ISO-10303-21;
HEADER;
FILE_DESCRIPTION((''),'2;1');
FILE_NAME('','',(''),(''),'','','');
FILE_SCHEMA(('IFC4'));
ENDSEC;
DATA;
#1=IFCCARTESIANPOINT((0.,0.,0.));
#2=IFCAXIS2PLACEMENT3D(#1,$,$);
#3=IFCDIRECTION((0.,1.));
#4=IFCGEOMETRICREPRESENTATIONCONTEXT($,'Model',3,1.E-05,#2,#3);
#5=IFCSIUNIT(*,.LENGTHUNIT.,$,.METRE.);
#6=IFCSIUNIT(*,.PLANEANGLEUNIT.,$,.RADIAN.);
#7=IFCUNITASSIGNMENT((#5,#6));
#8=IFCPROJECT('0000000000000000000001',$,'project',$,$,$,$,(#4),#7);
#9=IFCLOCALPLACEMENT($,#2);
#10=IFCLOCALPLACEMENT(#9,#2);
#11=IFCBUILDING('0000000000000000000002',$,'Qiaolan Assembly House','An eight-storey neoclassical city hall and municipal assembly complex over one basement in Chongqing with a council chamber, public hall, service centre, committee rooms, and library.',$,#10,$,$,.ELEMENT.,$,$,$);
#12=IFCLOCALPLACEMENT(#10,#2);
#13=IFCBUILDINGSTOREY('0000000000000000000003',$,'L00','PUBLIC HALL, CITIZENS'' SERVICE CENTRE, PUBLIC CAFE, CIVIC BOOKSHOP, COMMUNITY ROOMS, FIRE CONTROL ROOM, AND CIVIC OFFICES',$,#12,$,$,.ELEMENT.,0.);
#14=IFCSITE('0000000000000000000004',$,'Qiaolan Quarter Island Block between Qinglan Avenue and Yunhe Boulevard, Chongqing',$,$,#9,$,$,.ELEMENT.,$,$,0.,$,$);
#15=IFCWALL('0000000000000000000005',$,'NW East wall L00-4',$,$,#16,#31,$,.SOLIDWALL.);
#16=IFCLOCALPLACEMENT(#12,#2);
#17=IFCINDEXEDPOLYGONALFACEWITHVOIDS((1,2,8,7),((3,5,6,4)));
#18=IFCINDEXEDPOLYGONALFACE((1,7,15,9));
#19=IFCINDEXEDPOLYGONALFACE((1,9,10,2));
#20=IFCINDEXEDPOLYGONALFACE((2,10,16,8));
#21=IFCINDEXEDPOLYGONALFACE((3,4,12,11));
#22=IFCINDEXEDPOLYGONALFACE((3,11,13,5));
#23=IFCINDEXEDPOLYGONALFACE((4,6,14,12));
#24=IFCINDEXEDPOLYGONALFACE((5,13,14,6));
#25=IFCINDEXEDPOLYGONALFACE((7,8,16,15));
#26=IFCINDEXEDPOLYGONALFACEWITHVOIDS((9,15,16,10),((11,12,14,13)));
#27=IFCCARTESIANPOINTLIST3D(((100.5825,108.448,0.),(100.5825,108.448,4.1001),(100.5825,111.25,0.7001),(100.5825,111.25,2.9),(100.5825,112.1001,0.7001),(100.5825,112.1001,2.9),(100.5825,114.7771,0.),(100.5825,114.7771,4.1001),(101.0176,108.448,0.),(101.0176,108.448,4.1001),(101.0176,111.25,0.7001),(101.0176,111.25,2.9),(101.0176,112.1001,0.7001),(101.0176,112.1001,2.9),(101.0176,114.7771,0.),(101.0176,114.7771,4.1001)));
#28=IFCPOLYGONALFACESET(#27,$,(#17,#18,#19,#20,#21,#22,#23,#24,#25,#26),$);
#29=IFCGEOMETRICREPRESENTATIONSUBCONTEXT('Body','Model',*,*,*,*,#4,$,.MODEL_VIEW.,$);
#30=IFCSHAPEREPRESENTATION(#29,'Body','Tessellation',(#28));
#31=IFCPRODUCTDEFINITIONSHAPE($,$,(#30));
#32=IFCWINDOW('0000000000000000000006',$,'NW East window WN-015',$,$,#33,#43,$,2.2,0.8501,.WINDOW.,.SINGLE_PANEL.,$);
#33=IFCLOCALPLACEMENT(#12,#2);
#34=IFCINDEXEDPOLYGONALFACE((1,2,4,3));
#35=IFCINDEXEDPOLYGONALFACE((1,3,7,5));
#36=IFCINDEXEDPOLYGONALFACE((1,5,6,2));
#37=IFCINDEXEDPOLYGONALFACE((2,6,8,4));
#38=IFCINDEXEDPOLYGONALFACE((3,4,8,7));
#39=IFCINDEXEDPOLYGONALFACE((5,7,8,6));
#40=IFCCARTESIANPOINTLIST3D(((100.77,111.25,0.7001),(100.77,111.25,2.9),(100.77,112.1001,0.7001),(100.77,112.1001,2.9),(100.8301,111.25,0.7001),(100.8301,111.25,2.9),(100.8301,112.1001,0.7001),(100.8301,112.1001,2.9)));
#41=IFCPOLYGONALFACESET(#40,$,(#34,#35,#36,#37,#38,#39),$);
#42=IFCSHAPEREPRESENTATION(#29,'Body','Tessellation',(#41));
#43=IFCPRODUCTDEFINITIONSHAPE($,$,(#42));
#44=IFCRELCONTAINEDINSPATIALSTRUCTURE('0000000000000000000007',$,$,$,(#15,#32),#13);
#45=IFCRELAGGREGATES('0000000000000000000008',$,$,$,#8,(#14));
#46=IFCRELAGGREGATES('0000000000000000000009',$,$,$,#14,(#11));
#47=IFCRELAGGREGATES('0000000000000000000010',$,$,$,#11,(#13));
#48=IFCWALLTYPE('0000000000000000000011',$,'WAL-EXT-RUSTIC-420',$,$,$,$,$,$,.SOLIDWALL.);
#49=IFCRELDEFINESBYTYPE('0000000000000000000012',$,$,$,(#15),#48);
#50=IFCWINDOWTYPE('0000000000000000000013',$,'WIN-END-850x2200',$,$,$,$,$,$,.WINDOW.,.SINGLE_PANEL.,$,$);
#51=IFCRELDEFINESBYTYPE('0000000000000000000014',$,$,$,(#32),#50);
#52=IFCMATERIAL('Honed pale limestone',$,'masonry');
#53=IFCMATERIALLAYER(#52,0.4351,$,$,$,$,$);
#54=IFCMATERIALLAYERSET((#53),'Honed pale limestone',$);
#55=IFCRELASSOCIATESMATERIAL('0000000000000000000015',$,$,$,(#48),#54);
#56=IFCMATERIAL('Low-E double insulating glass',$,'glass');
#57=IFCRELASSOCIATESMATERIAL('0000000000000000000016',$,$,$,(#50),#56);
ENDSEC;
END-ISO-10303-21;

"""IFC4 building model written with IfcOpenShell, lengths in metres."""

from ifc_helpers import new_model, si_unit, direction, frame, frame_2d, origin, place, context, subcontext, project, spatial, rectangle, extrude, material, layer, layer_set, type_object, element, fill, save


model = new_model("IFC4")

# Units and contexts
model_context = context("Model", 3, precision=1e-05, world=origin(), true_north=direction((0.0, 1.0)))
body_context = subcontext(model_context, "Body", "Model", "MODEL_VIEW")
ifc_project = project(units=[si_unit("LENGTHUNIT", "METRE"), si_unit("PLANEANGLEUNIT", "RADIAN")], contexts=[model_context])

# Site, building, storey
site_placement = place(None, origin())
site = spatial("IfcSite", under=ifc_project, at=site_placement, Name="Qiaolan Quarter Island Block between Qinglan Avenue and Yunhe Boulevard, Chongqing", CompositionType="ELEMENT", RefElevation=0.0)
building_placement = place(site_placement, origin())
building = spatial("IfcBuilding", under=site, at=building_placement, Name="Qiaolan Assembly House", Description="An eight-storey neoclassical city hall and municipal assembly complex over one basement in Chongqing with a council chamber, public hall, service centre, committee rooms, and library.", CompositionType="ELEMENT")
storey_placement = place(building_placement, origin())
storey = spatial("IfcBuildingStorey", under=building, at=storey_placement, Name="L00", Description="PUBLIC HALL, CITIZENS' SERVICE CENTRE, PUBLIC CAFE, CIVIC BOOKSHOP, COMMUNITY ROOMS, FIRE CONTROL ROOM, AND CIVIC OFFICES", CompositionType="ELEMENT", Elevation=0.0)

# Shared definitions
ifc_material_1 = material(Name="Low-E double insulating glass", Category="glass")

# Wall, opening, window
ifc_material_2 = material(Name="Honed pale limestone", Category="masonry")
ifc_layer_1 = layer(ifc_material_2, 0.4351)
ifc_layer_set_1 = layer_set([ifc_layer_1], Name="Honed pale limestone")
wall_type = type_object("IfcWallType", Name="WAL-EXT-RUSTIC-420", PredefinedType="SOLIDWALL", material=ifc_layer_set_1)
window_type = type_object("IfcWindowType", Name="WIN-END-850x2200", PartitioningType="SINGLE_PANEL", PredefinedType="WINDOW", material=ifc_material_1)
wall_1_placement = place(storey_placement, frame((100.8, 114.7771, 0.0), z_axis=(0.0, 0.0, 1.0), x_axis=(0.0, -1.0, 0.0)))
wall_1 = element("IfcWall", 1, at=wall_1_placement, inside=storey, type_object=wall_type, Name="NW East wall L00-4", PredefinedType="SOLIDWALL", context=body_context, shape_type="SweptSolid", body=[
    extrude(rectangle(XDim=6.3291, YDim=0.4351, at=frame_2d((3.1646, 0.0))), origin(), (0.0, 0.0, 1.0), 4.1001),
])
opening_1_placement = place(wall_1_placement, frame((2.677, 0.0, 0.7)))
opening_1 = element("IfcOpeningElement", 2, at=opening_1_placement, cuts=wall_1, PredefinedType="OPENING", context=body_context, shape_type="SweptSolid", body=[
    extrude(rectangle(XDim=0.8501, YDim=2.2, at=frame_2d((0.425, 1.1001))), frame((0.0, 0.2275, 0.0), z_axis=(0.0, -1.0, 0.0), x_axis=(1.0, 0.0, 0.0)), (0.0, 0.0, 1.0), 0.4551),
])
window_1_placement = place(opening_1_placement, origin())
window_1 = element("IfcWindow", 3, at=window_1_placement, inside=storey, type_object=window_type, Name="NW East window WN-015", OverallHeight=2.2, OverallWidth=0.8501, PartitioningType="SINGLE_PANEL", PredefinedType="WINDOW", context=body_context, shape_type="SweptSolid", body=[
    extrude(rectangle(XDim=0.8501, YDim=2.2, at=frame_2d((0.425, 1.1001))), frame((0.0, 0.03, 0.0), z_axis=(0.0, -1.0, 0.0), x_axis=(1.0, 0.0, 0.0)), (0.0, 0.0, 1.0), 0.0601),
])
fill(opening_1, window_1)

save(model, "model.ifc")
